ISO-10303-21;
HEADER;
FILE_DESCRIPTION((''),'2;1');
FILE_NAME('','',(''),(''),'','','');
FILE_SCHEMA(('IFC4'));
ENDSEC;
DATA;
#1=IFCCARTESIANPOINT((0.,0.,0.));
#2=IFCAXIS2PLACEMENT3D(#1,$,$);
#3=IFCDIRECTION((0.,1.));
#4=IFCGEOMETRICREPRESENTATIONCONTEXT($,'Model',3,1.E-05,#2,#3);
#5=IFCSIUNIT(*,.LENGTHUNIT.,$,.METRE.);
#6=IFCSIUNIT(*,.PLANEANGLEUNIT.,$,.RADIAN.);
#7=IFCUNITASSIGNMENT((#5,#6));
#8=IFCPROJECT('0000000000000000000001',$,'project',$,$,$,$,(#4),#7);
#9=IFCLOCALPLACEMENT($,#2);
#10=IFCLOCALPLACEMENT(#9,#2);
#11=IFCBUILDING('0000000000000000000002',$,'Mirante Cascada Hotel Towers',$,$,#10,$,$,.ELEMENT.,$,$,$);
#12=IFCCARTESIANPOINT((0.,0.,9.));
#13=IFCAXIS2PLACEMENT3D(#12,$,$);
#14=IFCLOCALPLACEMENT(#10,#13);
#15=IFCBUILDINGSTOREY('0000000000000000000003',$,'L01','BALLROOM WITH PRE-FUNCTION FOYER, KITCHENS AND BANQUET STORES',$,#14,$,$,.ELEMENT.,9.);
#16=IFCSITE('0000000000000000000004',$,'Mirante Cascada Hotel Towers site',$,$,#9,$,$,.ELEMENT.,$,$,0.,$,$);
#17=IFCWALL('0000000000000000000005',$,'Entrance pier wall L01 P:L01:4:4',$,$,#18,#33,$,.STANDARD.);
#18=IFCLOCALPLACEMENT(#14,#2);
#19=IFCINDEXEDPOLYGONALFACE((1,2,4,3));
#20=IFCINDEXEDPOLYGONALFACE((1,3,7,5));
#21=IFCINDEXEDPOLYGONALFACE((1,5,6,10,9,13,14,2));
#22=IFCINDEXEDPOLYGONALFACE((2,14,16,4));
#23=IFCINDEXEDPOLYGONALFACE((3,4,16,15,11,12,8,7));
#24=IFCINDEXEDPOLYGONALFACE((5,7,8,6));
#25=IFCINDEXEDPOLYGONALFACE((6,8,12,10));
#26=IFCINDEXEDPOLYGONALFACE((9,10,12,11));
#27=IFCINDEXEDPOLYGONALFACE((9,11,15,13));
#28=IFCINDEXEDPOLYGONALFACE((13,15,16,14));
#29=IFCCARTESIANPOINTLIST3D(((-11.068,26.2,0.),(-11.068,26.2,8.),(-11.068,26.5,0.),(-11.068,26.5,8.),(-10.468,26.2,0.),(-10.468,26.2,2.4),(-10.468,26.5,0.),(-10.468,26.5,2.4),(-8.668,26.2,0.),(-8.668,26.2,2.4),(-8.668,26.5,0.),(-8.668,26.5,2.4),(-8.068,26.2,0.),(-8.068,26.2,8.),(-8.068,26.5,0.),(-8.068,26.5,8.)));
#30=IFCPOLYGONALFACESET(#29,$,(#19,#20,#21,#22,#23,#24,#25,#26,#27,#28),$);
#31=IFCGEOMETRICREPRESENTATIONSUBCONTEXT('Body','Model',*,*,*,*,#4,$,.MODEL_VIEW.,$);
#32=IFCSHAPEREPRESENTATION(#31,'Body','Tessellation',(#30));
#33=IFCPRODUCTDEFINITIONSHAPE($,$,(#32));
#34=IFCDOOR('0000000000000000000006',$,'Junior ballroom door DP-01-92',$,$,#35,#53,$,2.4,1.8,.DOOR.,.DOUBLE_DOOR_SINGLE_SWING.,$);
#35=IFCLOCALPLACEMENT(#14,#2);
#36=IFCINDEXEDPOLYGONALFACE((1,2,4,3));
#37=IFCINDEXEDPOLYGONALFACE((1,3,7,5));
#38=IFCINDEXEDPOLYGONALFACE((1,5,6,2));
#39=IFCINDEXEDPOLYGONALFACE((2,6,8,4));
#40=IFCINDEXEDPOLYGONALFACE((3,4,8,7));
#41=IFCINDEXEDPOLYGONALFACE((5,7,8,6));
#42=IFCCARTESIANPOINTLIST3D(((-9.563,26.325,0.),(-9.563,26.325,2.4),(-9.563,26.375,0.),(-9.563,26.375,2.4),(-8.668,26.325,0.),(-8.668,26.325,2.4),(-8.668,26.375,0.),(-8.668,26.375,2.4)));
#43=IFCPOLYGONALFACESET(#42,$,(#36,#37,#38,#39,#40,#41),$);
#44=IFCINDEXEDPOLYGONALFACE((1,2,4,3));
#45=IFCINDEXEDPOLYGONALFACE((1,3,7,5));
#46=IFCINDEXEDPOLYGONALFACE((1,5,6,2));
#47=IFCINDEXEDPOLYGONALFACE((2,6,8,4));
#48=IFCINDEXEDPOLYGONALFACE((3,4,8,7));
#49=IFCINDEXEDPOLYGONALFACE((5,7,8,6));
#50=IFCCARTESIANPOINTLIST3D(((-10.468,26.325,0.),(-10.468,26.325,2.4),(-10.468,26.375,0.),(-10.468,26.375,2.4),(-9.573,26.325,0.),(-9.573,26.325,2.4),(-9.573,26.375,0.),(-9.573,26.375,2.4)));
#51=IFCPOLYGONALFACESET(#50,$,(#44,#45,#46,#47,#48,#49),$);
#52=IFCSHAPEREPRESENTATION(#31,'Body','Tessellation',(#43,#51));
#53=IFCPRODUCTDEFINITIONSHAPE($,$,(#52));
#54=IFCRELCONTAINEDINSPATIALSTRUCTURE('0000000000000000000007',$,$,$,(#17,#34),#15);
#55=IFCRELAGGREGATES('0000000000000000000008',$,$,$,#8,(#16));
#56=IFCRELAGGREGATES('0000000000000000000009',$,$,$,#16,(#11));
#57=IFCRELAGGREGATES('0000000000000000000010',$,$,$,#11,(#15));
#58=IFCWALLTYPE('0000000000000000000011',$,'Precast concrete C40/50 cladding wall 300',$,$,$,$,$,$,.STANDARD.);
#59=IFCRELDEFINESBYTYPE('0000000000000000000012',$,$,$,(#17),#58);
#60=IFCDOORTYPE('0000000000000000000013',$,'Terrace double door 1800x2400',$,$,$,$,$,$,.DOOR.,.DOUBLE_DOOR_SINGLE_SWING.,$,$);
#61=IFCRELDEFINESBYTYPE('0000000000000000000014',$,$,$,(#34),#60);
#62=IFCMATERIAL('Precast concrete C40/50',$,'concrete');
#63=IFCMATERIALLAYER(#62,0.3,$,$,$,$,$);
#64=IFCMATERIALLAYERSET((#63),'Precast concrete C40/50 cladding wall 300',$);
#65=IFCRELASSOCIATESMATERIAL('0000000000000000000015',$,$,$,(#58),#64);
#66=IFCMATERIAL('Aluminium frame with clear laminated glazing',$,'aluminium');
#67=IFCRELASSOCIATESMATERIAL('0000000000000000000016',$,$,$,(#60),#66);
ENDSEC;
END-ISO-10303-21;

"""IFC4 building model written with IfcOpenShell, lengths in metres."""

from ifc_helpers import new_model, si_unit, direction, frame, frame_2d, origin, place, context, subcontext, project, spatial, rectangle, extrude, material, layer, layer_set, type_object, element, fill, save


model = new_model("IFC4")

# Units and contexts
model_context = context("Model", 3, precision=1e-05, world=origin(), true_north=direction((0.0, 1.0)))
body_context = subcontext(model_context, "Body", "Model", "MODEL_VIEW")
ifc_project = project(units=[si_unit("LENGTHUNIT", "METRE"), si_unit("PLANEANGLEUNIT", "RADIAN")], contexts=[model_context])

# Site, building, storey
site_placement = place(None, origin())
site = spatial("IfcSite", under=ifc_project, at=site_placement, Name="Mirante Cascada Hotel Towers site", CompositionType="ELEMENT", RefElevation=0.0)
building_placement = place(site_placement, origin())
building = spatial("IfcBuilding", under=site, at=building_placement, Name="Mirante Cascada Hotel Towers", CompositionType="ELEMENT")
storey_placement = place(building_placement, frame((0.0, 0.0, 9.0)))
storey = spatial("IfcBuildingStorey", under=building, at=storey_placement, Name="L01", Description="BALLROOM WITH PRE-FUNCTION FOYER, KITCHENS AND BANQUET STORES", CompositionType="ELEMENT", Elevation=9.0)

# Wall, opening, door
ifc_material_1 = material(Name="Precast concrete C40/50", Category="concrete")
ifc_layer_1 = layer(ifc_material_1, 0.3)
ifc_layer_set_1 = layer_set([ifc_layer_1], Name="Precast concrete C40/50 cladding wall 300")
wall_type_1 = type_object("IfcWallType", Name="Precast concrete C40/50 cladding wall 300", PredefinedType="STANDARD", material=ifc_layer_set_1)
wall_1_placement = place(storey_placement, frame((-8.068, 26.35, 0.0), z_axis=(0.0, 0.0, 1.0), x_axis=(-1.0, 0.0, 0.0)))
wall_1 = element("IfcWall", 1, at=wall_1_placement, inside=storey, type_object=wall_type_1, Name="Entrance pier wall L01 P:L01:4:4", PredefinedType="STANDARD", context=body_context, shape_type="SweptSolid", body=[
    extrude(rectangle(XDim=3.0, YDim=0.3, at=frame_2d((1.5, 0.0))), origin(), (0.0, 0.0, 1.0), 8.0),
])
opening_placement = place(wall_1_placement, frame((0.6, 0.0, 0.0)))
opening = element("IfcOpeningElement", 2, at=opening_placement, cuts=wall_1, PredefinedType="OPENING", context=body_context, shape_type="SweptSolid", body=[
    extrude(rectangle(XDim=1.8, YDim=2.4, at=frame_2d((0.9, 1.2))), frame((0.0, 0.15, 0.0), z_axis=(0.0, -1.0, 0.0), x_axis=(1.0, 0.0, 0.0)), (0.0, 0.0, 1.0), 0.3),
])
ifc_material_2 = material(Name="Aluminium frame with clear laminated glazing", Category="aluminium")
door_type = type_object("IfcDoorType", Name="Terrace double door 1800x2400", OperationType="DOUBLE_DOOR_SINGLE_SWING", PredefinedType="DOOR", material=ifc_material_2)
door_placement = place(opening_placement, origin())
door = element("IfcDoor", 3, at=door_placement, inside=storey, type_object=door_type, Name="Junior ballroom door DP-01-92", OperationType="DOUBLE_DOOR_SINGLE_SWING", OverallHeight=2.4, OverallWidth=1.8, PredefinedType="DOOR", context=body_context, shape_type="SweptSolid", body=[
    extrude(rectangle(XDim=0.895, YDim=2.4, at=frame_2d((0.4475, 1.2))), frame((0.0, 0.025, 0.0), z_axis=(0.0, -1.0, 0.0), x_axis=(1.0, 0.0, 0.0)), (0.0, 0.0, 1.0), 0.05),
    extrude(rectangle(XDim=0.895, YDim=2.4, at=frame_2d((1.3525, 1.2))), frame((0.0, 0.025, 0.0), z_axis=(0.0, -1.0, 0.0), x_axis=(1.0, 0.0, 0.0)), (0.0, 0.0, 1.0), 0.05),
])
fill(opening, door)

save(model, "model.ifc")
